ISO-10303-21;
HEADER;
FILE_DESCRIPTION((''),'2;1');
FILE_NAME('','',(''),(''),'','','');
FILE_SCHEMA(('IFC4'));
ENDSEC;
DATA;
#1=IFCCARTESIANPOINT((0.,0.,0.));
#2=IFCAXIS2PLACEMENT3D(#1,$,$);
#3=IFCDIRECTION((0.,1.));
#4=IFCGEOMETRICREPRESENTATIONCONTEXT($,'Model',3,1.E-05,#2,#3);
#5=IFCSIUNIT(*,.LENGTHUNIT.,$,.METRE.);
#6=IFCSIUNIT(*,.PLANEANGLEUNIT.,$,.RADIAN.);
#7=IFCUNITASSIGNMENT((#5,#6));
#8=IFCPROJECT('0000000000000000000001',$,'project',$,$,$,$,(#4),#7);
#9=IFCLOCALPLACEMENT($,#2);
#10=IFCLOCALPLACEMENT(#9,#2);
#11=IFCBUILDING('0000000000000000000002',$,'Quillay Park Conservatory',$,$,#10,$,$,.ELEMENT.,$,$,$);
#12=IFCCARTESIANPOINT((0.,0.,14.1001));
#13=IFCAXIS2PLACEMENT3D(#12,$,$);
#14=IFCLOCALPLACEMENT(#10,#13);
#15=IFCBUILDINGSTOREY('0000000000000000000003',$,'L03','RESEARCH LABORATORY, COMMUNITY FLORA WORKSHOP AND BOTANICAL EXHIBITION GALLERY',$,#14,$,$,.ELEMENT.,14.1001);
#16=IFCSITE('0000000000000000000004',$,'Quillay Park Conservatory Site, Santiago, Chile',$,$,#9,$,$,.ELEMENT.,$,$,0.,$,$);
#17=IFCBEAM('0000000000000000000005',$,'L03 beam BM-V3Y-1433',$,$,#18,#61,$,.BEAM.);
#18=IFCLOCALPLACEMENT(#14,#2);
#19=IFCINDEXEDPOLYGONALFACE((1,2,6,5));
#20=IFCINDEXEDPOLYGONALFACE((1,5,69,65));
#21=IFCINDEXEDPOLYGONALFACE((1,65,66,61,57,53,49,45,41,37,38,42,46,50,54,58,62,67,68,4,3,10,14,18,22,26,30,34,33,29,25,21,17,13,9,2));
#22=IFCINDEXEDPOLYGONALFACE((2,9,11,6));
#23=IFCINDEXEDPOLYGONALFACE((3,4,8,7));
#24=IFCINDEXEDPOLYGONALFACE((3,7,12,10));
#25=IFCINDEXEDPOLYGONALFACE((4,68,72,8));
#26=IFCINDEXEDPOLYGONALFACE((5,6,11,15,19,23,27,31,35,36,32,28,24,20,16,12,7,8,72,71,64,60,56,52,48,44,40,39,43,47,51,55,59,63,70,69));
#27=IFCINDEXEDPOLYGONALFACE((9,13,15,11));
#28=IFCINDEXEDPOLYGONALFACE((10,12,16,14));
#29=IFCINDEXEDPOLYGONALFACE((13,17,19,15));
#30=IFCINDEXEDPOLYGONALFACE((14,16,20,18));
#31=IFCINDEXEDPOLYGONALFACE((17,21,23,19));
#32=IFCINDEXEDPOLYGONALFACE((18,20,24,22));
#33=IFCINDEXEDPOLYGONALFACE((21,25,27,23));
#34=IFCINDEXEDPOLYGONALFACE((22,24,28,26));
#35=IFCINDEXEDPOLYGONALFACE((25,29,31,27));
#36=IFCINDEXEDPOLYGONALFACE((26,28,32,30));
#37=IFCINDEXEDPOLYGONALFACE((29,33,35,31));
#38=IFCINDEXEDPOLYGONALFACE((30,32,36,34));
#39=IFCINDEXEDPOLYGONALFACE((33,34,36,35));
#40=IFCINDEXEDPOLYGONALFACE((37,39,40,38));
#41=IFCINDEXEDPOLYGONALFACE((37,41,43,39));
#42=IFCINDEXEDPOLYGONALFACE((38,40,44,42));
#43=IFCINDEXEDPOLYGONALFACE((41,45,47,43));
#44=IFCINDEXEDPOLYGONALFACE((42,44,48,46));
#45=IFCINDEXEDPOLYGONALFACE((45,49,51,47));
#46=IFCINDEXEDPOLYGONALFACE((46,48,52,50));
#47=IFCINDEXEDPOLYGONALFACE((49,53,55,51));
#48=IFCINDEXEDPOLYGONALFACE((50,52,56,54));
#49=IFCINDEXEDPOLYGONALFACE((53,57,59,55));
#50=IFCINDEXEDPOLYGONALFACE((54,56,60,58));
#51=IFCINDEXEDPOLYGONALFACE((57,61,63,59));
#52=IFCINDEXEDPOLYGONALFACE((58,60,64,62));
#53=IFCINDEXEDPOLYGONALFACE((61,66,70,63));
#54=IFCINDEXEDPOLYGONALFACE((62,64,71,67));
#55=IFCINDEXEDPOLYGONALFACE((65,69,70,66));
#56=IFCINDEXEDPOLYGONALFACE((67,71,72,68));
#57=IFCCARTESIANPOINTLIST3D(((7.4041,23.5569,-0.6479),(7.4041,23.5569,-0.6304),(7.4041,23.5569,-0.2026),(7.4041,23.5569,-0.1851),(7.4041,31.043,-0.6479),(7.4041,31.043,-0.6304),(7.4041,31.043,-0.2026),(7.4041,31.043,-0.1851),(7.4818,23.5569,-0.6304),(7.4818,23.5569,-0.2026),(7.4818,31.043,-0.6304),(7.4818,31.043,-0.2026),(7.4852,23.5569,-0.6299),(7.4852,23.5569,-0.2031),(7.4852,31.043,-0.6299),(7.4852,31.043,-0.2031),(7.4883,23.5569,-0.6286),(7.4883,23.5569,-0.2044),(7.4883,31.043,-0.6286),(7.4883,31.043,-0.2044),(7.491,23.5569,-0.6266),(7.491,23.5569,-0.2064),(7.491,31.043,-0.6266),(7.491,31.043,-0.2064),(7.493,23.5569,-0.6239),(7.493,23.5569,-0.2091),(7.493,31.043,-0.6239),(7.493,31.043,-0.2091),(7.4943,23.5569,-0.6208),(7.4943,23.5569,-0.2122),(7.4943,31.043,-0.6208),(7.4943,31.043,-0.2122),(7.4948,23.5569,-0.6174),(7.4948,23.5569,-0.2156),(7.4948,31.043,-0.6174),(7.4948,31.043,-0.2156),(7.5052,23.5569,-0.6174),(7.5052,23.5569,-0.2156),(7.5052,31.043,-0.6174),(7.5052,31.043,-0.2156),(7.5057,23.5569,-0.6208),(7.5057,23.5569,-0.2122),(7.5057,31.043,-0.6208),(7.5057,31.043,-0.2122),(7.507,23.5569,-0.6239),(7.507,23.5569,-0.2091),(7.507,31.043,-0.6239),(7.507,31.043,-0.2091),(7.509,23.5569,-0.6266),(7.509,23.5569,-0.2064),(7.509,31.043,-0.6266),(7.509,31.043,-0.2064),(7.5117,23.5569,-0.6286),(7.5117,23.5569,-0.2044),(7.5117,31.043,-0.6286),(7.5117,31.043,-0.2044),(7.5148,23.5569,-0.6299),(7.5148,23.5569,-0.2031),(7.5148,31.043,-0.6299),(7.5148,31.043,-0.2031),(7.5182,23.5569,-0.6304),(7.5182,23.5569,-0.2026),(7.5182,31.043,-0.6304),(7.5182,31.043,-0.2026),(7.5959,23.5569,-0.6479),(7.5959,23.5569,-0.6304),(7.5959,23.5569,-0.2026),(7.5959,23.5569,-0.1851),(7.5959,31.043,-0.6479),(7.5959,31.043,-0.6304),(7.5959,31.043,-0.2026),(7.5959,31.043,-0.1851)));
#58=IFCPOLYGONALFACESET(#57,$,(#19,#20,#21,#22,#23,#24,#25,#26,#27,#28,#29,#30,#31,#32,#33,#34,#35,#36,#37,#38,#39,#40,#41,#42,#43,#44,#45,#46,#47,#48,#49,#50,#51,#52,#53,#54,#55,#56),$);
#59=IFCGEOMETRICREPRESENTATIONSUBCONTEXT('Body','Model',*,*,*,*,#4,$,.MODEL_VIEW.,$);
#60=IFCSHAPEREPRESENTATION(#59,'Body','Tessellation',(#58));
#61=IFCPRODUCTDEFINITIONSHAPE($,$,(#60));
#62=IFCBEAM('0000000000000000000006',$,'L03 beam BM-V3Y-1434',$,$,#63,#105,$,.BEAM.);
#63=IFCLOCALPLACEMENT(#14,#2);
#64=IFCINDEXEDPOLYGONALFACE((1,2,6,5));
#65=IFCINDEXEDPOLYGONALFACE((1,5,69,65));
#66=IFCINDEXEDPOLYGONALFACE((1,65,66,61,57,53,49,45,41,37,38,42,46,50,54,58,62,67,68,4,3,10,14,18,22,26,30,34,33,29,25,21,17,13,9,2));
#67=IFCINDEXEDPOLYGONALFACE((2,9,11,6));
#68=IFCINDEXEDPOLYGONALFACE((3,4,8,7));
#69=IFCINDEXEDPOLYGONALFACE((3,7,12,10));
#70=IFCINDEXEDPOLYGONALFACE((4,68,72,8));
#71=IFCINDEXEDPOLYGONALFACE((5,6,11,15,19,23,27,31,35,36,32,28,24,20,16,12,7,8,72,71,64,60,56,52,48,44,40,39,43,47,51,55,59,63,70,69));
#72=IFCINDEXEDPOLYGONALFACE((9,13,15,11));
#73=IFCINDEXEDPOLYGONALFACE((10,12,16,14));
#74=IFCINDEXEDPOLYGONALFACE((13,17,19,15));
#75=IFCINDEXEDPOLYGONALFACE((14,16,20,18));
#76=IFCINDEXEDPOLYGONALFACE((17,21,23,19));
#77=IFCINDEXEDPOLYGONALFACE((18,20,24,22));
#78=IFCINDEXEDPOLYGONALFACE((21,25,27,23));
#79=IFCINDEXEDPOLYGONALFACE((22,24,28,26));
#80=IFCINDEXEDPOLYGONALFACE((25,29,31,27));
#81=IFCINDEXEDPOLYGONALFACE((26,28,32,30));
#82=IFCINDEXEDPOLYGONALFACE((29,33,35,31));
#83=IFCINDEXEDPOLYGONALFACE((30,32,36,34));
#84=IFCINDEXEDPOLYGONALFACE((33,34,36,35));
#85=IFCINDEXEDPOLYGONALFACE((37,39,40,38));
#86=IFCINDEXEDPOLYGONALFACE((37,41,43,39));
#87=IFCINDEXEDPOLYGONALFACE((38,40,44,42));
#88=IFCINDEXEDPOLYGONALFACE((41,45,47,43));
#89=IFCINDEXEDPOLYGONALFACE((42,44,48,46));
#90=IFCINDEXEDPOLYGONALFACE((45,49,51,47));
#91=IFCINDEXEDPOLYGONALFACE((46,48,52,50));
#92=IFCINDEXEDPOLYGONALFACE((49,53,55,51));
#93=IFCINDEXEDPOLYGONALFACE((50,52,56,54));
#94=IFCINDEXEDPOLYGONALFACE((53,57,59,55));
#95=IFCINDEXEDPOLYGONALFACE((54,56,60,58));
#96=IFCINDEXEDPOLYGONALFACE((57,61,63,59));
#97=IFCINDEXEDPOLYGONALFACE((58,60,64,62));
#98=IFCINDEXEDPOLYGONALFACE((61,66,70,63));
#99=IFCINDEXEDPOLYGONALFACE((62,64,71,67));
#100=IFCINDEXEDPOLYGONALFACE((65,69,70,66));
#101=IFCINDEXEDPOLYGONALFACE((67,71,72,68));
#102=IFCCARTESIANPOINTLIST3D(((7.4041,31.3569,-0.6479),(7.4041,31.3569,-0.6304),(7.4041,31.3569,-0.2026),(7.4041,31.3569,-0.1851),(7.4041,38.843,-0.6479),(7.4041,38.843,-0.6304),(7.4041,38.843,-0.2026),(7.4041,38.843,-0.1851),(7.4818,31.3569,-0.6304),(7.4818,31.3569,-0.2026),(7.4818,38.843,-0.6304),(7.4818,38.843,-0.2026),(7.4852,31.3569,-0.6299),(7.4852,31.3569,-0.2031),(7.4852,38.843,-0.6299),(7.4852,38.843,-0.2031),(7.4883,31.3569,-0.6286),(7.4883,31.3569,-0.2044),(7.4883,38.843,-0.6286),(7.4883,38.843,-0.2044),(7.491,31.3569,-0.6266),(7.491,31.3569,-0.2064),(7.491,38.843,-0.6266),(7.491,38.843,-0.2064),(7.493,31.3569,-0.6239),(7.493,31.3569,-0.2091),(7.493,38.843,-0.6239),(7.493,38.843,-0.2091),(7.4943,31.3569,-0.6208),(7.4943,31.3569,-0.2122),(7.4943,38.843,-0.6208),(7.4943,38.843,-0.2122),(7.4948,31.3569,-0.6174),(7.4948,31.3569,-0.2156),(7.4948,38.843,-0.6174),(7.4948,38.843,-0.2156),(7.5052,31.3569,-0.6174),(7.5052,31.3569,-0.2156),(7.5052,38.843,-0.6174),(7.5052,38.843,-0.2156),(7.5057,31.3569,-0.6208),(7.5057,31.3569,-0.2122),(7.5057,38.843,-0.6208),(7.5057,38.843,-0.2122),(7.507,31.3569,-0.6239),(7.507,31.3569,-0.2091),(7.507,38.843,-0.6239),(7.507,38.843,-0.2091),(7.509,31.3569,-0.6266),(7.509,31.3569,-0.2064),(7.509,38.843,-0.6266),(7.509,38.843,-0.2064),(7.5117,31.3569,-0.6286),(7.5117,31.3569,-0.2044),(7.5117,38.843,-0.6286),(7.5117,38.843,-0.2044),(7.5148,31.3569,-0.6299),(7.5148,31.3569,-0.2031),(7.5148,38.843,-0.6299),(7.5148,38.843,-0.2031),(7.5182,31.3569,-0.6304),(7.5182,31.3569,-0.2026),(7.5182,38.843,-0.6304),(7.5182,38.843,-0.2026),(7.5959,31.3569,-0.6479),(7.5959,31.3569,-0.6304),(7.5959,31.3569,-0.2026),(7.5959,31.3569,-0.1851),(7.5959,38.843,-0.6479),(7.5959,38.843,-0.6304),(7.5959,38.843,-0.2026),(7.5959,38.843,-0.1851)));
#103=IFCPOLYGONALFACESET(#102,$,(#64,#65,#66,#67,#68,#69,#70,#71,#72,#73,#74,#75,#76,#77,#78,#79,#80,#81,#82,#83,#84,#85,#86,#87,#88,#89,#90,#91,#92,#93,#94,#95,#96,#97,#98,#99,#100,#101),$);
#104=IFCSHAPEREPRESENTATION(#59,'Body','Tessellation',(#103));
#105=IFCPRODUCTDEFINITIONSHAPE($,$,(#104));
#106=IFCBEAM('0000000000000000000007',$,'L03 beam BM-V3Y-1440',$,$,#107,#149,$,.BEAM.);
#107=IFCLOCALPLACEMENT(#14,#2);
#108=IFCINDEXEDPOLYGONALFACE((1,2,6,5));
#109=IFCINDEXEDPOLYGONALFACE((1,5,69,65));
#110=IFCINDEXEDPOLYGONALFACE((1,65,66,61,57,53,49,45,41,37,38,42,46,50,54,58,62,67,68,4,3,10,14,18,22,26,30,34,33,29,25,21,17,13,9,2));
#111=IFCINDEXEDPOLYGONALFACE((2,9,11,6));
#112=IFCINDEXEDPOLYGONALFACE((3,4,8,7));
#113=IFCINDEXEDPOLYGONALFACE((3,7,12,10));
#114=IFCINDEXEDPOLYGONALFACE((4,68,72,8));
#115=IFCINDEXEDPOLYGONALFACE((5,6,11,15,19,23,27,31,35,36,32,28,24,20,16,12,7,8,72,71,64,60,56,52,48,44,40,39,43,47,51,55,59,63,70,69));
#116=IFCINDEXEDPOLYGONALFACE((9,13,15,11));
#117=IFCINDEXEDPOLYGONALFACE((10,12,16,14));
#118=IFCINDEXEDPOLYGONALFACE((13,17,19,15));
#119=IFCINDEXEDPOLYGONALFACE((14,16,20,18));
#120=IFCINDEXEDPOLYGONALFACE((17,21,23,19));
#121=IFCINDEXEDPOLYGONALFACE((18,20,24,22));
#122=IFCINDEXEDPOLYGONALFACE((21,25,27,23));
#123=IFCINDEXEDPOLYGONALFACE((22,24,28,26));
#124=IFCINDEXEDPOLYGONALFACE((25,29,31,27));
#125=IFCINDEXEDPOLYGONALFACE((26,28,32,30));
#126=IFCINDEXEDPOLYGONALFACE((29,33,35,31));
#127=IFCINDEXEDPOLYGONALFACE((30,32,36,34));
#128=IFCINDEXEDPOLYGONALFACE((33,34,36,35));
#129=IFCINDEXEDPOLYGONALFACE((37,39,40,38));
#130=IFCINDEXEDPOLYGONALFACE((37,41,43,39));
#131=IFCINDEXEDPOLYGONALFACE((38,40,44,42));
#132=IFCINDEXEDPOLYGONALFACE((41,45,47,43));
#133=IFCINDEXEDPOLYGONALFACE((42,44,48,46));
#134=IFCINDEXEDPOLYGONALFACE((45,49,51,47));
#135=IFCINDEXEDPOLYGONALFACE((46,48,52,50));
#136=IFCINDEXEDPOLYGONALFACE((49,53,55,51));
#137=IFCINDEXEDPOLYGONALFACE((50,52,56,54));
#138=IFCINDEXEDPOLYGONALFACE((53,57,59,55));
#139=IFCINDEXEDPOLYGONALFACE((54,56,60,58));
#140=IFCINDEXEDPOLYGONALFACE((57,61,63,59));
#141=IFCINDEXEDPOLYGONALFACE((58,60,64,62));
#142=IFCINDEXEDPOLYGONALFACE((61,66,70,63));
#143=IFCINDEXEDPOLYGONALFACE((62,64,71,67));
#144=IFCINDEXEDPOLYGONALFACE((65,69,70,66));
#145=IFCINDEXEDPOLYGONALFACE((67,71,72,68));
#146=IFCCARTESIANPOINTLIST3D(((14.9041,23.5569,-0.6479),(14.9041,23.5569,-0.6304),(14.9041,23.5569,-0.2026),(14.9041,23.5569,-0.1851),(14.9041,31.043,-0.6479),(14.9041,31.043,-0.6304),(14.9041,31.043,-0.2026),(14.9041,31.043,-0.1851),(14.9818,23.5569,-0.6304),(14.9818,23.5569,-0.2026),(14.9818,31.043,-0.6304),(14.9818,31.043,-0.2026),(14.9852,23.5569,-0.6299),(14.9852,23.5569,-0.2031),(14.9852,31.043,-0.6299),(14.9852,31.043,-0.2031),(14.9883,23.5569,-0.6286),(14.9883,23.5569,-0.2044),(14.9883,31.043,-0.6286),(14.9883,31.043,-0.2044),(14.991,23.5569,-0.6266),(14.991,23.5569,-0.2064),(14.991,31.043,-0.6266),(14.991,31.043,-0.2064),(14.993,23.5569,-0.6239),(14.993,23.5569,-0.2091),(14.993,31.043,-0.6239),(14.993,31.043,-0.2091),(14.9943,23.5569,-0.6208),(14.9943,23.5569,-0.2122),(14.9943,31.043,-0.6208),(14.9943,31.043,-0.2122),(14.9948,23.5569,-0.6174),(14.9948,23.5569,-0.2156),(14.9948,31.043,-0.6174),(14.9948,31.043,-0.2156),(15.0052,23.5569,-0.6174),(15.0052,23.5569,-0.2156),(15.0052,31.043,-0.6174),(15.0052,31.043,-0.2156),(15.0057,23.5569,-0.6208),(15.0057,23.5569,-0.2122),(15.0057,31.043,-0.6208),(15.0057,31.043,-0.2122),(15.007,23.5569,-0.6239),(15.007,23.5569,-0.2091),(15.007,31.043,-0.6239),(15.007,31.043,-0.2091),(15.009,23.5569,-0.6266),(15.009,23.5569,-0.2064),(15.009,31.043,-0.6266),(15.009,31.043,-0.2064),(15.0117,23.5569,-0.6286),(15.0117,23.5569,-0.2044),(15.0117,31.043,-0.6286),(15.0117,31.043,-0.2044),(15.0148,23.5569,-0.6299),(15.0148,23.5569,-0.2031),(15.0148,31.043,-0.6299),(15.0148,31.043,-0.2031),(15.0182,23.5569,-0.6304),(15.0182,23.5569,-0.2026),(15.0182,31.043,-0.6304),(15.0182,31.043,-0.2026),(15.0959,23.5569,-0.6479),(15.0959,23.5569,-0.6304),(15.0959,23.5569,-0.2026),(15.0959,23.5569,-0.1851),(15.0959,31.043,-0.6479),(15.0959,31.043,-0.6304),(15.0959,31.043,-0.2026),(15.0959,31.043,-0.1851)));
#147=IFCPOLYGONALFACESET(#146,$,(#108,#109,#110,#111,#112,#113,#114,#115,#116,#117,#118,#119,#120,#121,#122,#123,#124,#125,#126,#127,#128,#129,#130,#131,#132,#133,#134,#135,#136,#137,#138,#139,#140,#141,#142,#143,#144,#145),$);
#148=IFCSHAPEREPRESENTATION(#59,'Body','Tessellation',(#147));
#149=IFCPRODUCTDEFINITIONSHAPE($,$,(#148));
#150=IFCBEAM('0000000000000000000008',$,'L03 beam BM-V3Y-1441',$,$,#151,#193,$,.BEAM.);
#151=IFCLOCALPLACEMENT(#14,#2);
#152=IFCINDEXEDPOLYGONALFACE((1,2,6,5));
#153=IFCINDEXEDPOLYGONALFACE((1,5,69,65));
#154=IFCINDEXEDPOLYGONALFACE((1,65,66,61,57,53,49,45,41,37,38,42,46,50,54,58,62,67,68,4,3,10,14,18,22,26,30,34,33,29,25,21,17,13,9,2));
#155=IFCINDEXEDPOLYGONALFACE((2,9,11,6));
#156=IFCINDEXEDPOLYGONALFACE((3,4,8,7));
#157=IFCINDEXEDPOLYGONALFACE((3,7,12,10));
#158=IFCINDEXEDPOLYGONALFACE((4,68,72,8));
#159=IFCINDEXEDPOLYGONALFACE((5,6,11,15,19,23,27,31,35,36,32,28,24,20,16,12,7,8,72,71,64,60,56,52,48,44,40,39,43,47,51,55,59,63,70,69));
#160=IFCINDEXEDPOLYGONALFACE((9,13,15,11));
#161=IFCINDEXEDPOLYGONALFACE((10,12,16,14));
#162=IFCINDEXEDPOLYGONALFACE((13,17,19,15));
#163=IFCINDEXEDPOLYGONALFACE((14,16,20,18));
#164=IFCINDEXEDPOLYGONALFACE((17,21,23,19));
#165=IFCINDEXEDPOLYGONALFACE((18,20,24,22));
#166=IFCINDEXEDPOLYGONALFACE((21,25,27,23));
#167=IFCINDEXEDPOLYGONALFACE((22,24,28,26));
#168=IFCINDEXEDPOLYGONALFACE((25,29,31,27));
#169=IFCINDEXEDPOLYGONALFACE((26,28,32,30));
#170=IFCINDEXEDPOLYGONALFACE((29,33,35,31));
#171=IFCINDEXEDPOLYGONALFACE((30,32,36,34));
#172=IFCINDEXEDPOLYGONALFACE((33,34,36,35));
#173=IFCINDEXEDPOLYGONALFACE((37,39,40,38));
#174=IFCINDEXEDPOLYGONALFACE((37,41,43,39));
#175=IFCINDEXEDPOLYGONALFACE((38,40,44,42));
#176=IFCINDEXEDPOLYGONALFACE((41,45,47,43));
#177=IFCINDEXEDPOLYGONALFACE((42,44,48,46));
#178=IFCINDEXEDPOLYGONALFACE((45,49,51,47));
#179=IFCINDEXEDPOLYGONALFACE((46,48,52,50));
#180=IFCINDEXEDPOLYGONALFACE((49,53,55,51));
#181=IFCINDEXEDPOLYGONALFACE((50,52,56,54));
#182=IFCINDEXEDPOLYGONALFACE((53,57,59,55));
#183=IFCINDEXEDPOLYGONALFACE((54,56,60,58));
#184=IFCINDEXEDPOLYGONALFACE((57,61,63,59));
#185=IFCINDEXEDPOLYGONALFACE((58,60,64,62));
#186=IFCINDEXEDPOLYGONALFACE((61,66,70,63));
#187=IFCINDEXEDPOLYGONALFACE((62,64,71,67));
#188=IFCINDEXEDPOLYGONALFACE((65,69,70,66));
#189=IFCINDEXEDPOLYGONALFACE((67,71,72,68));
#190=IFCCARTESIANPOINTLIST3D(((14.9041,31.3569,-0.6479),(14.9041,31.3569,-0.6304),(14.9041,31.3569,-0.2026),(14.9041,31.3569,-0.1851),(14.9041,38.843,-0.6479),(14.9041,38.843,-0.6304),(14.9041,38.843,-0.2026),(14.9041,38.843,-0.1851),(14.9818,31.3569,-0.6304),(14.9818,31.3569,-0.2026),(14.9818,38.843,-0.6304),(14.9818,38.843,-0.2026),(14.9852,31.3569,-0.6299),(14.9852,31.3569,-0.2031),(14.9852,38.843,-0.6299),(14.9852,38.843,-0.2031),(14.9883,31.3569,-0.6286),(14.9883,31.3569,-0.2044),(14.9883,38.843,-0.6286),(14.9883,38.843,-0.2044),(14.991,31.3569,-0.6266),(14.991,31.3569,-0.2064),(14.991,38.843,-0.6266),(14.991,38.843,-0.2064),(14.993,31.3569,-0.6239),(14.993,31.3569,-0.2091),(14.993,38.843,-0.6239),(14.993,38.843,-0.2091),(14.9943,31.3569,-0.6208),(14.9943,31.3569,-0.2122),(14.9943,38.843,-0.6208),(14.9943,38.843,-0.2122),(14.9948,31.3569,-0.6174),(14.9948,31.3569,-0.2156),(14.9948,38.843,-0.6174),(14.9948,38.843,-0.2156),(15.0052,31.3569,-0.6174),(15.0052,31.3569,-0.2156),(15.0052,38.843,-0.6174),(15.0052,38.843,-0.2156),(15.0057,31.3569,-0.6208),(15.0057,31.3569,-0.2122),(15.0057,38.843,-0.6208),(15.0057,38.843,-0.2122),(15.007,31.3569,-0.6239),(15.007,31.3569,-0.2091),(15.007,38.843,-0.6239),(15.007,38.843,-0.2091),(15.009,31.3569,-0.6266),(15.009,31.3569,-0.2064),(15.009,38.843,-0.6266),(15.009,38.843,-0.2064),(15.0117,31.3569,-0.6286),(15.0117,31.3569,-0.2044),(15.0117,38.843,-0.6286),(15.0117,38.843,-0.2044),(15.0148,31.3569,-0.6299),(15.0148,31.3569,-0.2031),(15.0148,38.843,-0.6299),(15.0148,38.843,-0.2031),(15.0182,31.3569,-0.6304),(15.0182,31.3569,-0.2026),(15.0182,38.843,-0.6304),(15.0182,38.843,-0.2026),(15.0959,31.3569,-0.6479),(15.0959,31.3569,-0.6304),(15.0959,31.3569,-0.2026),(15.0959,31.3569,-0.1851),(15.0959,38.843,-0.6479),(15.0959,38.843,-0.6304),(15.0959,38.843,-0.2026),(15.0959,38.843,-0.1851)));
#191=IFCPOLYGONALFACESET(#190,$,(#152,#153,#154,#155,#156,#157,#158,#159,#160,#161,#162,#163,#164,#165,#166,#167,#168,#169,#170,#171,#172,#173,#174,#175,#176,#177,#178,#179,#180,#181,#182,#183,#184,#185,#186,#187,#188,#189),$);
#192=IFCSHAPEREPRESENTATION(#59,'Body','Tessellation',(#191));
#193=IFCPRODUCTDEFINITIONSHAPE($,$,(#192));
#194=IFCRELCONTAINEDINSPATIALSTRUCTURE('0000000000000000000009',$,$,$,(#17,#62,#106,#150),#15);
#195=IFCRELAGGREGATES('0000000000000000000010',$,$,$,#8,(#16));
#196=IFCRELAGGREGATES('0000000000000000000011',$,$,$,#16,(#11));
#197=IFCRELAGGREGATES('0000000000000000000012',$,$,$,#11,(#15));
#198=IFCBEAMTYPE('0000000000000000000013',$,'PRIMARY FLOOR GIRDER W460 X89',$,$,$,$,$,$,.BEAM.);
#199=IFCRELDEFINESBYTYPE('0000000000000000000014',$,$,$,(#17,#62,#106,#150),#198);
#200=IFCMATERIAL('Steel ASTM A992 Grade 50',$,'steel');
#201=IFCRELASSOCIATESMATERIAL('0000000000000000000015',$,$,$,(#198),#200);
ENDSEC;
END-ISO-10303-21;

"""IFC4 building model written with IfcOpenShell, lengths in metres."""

from ifc_helpers import new_model, si_unit, direction, frame, origin, origin_2d, place, context, subcontext, project, spatial, i_section, extrude, material, material_profile, profile_set, type_object, element, save


model = new_model("IFC4")

# Units and contexts
model_context = context("Model", 3, precision=1e-05, world=origin(), true_north=direction((0.0, 1.0)))
body_context = subcontext(model_context, "Body", "Model", "MODEL_VIEW")
ifc_project = project(units=[si_unit("LENGTHUNIT", "METRE"), si_unit("PLANEANGLEUNIT", "RADIAN")], contexts=[model_context])

# Site, building, storey
site_placement = place(None, origin())
site = spatial("IfcSite", under=ifc_project, at=site_placement, Name="Quillay Park Conservatory Site, Santiago, Chile", CompositionType="ELEMENT", RefElevation=0.0)
building_placement = place(site_placement, origin())
building = spatial("IfcBuilding", under=site, at=building_placement, Name="Quillay Park Conservatory", CompositionType="ELEMENT")
storey_placement = place(building_placement, frame((0.0, 0.0, 14.1001)))
storey = spatial("IfcBuildingStorey", under=building, at=storey_placement, Name="L03", Description="RESEARCH LABORATORY, COMMUNITY FLORA WORKSHOP AND BOTANICAL EXHIBITION GALLERY", CompositionType="ELEMENT", Elevation=14.1001)

# Beams
ifc_material_1 = material(Name="Steel ASTM A992 Grade 50", Category="steel")
ifc_material_profile_1 = material_profile(ifc_material_1, i_section(OverallWidth=0.1919, OverallDepth=0.4629, WebThickness=0.0105, FlangeThickness=0.0176, FilletRadius=0.0129, at=origin_2d()), Name="W460x89")
ifc_profile_set_1 = profile_set([ifc_material_profile_1], Name="Steel ASTM A992 Grade 50")
beam_type_1 = type_object("IfcBeamType", Name="PRIMARY FLOOR GIRDER W460 X89", PredefinedType="BEAM", material=ifc_profile_set_1)
for number, where, z_axis, x_axis, name in (
    (1, (7.5, 23.5569, -0.4165), (0.0, 1.0, 0.0), (-1.0, 0.0, 0.0), "L03 beam BM-V3Y-1433"),
    (2, (7.5, 31.3569, -0.4165), (0.0, 1.0, 0.0), (-1.0, 0.0, 0.0), "L03 beam BM-V3Y-1434"),
    (3, (15.0, 23.5569, -0.4165), (0.0, 1.0, 0.0), (-1.0, 0.0, 0.0), "L03 beam BM-V3Y-1440"),
    (4, (15.0, 31.3569, -0.4165), (0.0, 1.0, 0.0), (-1.0, 0.0, 0.0), "L03 beam BM-V3Y-1441"),
):
    element("IfcBeam", number, at=place(storey_placement, frame(where, z_axis=z_axis, x_axis=x_axis)), inside=storey, type_object=beam_type_1, Name=name, PredefinedType="BEAM", context=body_context, shape_type="SweptSolid", body=[
        extrude(i_section(OverallWidth=0.1919, OverallDepth=0.4629, WebThickness=0.0105, FlangeThickness=0.0176, FilletRadius=0.0129, at=origin_2d()), origin(), (0.0, 0.0, 1.0), 7.4861),
    ])

save(model, "model.ifc")
